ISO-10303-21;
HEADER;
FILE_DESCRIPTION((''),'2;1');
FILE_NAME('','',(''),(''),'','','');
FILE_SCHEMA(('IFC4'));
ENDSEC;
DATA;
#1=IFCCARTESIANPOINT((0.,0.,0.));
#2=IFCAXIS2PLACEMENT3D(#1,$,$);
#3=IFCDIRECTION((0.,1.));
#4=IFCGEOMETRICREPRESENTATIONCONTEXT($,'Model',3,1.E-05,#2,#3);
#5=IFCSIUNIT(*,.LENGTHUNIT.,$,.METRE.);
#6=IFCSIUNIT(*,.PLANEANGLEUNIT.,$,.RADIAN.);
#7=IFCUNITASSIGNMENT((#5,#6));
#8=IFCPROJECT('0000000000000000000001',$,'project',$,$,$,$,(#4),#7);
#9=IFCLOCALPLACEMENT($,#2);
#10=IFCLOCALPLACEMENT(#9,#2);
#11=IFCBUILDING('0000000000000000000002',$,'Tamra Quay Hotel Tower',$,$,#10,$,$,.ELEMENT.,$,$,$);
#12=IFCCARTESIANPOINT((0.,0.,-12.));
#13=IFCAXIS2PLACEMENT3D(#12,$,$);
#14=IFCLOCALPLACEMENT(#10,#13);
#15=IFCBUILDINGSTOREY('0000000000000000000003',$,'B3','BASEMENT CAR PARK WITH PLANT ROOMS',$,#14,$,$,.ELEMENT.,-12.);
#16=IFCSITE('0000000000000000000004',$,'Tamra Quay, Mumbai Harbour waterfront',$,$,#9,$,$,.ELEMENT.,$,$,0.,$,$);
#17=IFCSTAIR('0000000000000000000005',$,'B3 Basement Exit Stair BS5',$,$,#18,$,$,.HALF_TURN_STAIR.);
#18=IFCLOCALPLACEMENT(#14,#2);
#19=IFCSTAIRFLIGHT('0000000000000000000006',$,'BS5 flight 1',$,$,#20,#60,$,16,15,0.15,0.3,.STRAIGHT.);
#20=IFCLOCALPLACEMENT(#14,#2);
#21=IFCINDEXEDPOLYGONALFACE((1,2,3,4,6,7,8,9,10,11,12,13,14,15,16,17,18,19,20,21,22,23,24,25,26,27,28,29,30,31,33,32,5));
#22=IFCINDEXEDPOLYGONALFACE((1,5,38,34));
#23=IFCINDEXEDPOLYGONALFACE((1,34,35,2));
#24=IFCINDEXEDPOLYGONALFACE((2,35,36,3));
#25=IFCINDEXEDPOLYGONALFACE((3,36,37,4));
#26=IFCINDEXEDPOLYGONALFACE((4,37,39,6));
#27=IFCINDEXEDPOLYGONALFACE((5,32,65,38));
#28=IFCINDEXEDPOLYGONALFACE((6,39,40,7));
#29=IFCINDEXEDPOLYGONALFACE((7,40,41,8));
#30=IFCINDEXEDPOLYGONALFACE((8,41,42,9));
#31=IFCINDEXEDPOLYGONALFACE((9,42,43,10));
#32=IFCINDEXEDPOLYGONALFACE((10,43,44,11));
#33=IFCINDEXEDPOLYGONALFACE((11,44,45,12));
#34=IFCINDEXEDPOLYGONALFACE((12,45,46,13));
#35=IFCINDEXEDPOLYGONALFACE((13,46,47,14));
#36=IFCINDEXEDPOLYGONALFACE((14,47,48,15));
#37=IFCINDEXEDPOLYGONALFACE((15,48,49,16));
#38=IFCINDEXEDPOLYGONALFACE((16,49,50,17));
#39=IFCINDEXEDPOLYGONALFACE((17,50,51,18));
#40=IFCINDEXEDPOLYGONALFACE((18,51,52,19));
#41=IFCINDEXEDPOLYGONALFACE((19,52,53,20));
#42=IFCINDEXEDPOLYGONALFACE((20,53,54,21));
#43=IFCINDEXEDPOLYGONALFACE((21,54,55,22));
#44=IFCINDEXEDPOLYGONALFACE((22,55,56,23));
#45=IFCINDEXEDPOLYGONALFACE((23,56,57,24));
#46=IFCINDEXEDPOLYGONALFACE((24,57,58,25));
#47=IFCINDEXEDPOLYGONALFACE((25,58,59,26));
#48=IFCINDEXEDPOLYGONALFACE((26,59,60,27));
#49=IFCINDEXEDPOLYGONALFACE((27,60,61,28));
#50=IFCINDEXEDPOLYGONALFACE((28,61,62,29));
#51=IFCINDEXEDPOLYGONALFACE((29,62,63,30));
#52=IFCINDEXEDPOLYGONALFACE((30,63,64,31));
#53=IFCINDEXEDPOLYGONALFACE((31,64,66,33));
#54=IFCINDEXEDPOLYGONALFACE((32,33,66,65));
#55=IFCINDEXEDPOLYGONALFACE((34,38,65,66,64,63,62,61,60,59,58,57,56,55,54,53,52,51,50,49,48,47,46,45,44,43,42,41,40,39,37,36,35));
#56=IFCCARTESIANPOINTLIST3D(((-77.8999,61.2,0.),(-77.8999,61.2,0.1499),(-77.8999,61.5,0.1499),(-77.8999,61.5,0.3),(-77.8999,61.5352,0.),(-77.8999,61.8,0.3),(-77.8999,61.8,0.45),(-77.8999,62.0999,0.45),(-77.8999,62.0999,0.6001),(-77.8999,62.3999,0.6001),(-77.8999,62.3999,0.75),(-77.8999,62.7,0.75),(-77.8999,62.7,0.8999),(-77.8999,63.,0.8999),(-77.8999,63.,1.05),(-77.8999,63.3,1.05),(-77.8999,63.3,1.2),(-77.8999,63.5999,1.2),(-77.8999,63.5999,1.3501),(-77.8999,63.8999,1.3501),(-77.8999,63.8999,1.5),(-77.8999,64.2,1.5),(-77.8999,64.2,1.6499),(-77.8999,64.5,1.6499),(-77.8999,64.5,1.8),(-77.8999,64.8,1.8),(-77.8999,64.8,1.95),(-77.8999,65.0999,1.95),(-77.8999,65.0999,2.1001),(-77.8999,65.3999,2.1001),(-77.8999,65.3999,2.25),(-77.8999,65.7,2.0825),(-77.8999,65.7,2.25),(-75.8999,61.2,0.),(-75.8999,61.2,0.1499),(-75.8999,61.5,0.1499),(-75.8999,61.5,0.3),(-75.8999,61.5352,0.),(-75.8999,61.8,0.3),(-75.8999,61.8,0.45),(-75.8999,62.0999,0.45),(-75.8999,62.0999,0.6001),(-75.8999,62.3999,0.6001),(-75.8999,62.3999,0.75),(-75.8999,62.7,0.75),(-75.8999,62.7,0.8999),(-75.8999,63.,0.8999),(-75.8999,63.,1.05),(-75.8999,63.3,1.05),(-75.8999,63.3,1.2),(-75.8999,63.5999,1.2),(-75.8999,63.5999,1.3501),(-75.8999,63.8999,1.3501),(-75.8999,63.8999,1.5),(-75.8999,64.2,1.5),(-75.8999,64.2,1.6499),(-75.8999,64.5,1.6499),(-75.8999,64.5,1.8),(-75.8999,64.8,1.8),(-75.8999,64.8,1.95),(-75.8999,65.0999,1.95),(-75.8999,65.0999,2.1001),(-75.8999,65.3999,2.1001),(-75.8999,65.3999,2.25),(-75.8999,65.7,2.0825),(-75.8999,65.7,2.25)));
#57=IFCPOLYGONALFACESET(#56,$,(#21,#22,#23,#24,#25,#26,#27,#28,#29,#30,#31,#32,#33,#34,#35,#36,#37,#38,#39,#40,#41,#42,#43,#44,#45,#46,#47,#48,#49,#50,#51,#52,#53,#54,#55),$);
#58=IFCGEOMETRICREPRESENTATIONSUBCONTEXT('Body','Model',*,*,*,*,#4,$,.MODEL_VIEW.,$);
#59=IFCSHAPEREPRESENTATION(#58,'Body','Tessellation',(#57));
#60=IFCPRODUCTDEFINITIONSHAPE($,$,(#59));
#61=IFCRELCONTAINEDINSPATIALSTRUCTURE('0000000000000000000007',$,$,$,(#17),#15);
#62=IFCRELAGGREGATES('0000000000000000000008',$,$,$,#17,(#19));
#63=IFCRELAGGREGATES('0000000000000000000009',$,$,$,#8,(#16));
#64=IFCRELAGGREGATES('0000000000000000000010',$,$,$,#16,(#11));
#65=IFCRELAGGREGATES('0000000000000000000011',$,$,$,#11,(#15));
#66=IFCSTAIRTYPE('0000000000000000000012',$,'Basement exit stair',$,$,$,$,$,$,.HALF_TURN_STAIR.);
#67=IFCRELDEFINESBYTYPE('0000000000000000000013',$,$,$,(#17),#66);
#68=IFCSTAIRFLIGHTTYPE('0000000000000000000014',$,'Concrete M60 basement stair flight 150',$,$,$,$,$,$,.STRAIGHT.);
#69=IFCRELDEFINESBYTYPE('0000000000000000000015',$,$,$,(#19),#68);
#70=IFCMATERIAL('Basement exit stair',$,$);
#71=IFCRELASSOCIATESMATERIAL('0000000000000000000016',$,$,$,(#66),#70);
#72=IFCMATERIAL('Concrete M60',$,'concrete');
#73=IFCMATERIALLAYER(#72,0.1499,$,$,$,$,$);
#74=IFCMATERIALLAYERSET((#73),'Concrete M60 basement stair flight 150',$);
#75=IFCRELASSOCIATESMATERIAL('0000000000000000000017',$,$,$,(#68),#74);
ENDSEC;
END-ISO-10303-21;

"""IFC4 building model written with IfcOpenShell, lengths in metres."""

from ifc_helpers import new_model, si_unit, direction, frame, origin, place, context, subcontext, project, spatial, polyline, outline, extrude, material, layer, layer_set, type_object, element, aggregate, save


model = new_model("IFC4")

# Units and contexts
model_context = context("Model", 3, precision=1e-05, world=origin(), true_north=direction((0.0, 1.0)))
body_context = subcontext(model_context, "Body", "Model", "MODEL_VIEW")
ifc_project = project(units=[si_unit("LENGTHUNIT", "METRE"), si_unit("PLANEANGLEUNIT", "RADIAN")], contexts=[model_context])

# Site, building, storey
site_placement = place(None, origin())
site = spatial("IfcSite", under=ifc_project, at=site_placement, Name="Tamra Quay, Mumbai Harbour waterfront", CompositionType="ELEMENT", RefElevation=0.0)
building_placement = place(site_placement, origin())
building = spatial("IfcBuilding", under=site, at=building_placement, Name="Tamra Quay Hotel Tower", CompositionType="ELEMENT")
storey_placement = place(building_placement, frame((0.0, 0.0, -12.0)))
storey = spatial("IfcBuildingStorey", under=building, at=storey_placement, Name="B3", Description="BASEMENT CAR PARK WITH PLANT ROOMS", CompositionType="ELEMENT", Elevation=-12.0)

# Stair, stair flight
ifc_material_1 = material(Name="Basement exit stair")
stair_type = type_object("IfcStairType", Name="Basement exit stair", PredefinedType="HALF_TURN_STAIR", material=ifc_material_1)
stair_placement = place(storey_placement, origin())
stair = element("IfcStair", 1, at=stair_placement, inside=storey, type_object=stair_type, Name="B3 Basement Exit Stair BS5", PredefinedType="HALF_TURN_STAIR")
ifc_material_2 = material(Name="Concrete M60", Category="concrete")
ifc_layer_1 = layer(ifc_material_2, 0.1499)
ifc_layer_set_1 = layer_set([ifc_layer_1], Name="Concrete M60 basement stair flight 150")
stair_flight_type = type_object("IfcStairFlightType", Name="Concrete M60 basement stair flight 150", PredefinedType="STRAIGHT", material=ifc_layer_set_1)
stair_flight_placement = place(storey_placement, frame((-76.8999, 61.2, 0.0), z_axis=(0.0, 0.0, 1.0), x_axis=(0.0, 1.0, 0.0)))
stair_flight = element("IfcStairFlight", 2, at=stair_flight_placement, type_object=stair_flight_type, Name="BS5 flight 1", NumberOfRisers=16, NumberOfTreads=15, PredefinedType="STRAIGHT", RiserHeight=0.15, TreadLength=0.3, context=body_context, shape_type="SweptSolid", body=[
    extrude(outline(polyline([(0.0, 0.0), (0.0, 0.1499), (0.3, 0.1499), (0.3, 0.3), (0.6001, 0.3), (0.6001, 0.45), (0.8999, 0.45), (0.8999, 0.6001), (1.2, 0.6001), (1.2, 0.75), (1.5, 0.75), (1.5, 0.8999), (1.8, 0.8999), (1.8, 1.05), (2.1001, 1.05), (2.1001, 1.2), (2.3999, 1.2), (2.3999, 1.3501), (2.7, 1.3501), (2.7, 1.5), (3.0, 1.5), (3.0, 1.6499), (3.3, 1.6499), (3.3, 1.8), (3.6001, 1.8), (3.6001, 1.95), (3.8999, 1.95), (3.8999, 2.1001), (4.2, 2.1001), (4.2, 2.25), (4.5, 2.25), (4.5, 2.3999), (4.5, 2.0825), (0.3352, 0.0), (0.0, 0.0)])), frame((0.0, 1.0, 0.0), z_axis=(0.0, -1.0, 0.0), x_axis=(1.0, 0.0, 0.0)), (0.0, 0.0, 1.0), 2.0),
])
aggregate(stair, [stair_flight])

save(model, "model.ifc")
